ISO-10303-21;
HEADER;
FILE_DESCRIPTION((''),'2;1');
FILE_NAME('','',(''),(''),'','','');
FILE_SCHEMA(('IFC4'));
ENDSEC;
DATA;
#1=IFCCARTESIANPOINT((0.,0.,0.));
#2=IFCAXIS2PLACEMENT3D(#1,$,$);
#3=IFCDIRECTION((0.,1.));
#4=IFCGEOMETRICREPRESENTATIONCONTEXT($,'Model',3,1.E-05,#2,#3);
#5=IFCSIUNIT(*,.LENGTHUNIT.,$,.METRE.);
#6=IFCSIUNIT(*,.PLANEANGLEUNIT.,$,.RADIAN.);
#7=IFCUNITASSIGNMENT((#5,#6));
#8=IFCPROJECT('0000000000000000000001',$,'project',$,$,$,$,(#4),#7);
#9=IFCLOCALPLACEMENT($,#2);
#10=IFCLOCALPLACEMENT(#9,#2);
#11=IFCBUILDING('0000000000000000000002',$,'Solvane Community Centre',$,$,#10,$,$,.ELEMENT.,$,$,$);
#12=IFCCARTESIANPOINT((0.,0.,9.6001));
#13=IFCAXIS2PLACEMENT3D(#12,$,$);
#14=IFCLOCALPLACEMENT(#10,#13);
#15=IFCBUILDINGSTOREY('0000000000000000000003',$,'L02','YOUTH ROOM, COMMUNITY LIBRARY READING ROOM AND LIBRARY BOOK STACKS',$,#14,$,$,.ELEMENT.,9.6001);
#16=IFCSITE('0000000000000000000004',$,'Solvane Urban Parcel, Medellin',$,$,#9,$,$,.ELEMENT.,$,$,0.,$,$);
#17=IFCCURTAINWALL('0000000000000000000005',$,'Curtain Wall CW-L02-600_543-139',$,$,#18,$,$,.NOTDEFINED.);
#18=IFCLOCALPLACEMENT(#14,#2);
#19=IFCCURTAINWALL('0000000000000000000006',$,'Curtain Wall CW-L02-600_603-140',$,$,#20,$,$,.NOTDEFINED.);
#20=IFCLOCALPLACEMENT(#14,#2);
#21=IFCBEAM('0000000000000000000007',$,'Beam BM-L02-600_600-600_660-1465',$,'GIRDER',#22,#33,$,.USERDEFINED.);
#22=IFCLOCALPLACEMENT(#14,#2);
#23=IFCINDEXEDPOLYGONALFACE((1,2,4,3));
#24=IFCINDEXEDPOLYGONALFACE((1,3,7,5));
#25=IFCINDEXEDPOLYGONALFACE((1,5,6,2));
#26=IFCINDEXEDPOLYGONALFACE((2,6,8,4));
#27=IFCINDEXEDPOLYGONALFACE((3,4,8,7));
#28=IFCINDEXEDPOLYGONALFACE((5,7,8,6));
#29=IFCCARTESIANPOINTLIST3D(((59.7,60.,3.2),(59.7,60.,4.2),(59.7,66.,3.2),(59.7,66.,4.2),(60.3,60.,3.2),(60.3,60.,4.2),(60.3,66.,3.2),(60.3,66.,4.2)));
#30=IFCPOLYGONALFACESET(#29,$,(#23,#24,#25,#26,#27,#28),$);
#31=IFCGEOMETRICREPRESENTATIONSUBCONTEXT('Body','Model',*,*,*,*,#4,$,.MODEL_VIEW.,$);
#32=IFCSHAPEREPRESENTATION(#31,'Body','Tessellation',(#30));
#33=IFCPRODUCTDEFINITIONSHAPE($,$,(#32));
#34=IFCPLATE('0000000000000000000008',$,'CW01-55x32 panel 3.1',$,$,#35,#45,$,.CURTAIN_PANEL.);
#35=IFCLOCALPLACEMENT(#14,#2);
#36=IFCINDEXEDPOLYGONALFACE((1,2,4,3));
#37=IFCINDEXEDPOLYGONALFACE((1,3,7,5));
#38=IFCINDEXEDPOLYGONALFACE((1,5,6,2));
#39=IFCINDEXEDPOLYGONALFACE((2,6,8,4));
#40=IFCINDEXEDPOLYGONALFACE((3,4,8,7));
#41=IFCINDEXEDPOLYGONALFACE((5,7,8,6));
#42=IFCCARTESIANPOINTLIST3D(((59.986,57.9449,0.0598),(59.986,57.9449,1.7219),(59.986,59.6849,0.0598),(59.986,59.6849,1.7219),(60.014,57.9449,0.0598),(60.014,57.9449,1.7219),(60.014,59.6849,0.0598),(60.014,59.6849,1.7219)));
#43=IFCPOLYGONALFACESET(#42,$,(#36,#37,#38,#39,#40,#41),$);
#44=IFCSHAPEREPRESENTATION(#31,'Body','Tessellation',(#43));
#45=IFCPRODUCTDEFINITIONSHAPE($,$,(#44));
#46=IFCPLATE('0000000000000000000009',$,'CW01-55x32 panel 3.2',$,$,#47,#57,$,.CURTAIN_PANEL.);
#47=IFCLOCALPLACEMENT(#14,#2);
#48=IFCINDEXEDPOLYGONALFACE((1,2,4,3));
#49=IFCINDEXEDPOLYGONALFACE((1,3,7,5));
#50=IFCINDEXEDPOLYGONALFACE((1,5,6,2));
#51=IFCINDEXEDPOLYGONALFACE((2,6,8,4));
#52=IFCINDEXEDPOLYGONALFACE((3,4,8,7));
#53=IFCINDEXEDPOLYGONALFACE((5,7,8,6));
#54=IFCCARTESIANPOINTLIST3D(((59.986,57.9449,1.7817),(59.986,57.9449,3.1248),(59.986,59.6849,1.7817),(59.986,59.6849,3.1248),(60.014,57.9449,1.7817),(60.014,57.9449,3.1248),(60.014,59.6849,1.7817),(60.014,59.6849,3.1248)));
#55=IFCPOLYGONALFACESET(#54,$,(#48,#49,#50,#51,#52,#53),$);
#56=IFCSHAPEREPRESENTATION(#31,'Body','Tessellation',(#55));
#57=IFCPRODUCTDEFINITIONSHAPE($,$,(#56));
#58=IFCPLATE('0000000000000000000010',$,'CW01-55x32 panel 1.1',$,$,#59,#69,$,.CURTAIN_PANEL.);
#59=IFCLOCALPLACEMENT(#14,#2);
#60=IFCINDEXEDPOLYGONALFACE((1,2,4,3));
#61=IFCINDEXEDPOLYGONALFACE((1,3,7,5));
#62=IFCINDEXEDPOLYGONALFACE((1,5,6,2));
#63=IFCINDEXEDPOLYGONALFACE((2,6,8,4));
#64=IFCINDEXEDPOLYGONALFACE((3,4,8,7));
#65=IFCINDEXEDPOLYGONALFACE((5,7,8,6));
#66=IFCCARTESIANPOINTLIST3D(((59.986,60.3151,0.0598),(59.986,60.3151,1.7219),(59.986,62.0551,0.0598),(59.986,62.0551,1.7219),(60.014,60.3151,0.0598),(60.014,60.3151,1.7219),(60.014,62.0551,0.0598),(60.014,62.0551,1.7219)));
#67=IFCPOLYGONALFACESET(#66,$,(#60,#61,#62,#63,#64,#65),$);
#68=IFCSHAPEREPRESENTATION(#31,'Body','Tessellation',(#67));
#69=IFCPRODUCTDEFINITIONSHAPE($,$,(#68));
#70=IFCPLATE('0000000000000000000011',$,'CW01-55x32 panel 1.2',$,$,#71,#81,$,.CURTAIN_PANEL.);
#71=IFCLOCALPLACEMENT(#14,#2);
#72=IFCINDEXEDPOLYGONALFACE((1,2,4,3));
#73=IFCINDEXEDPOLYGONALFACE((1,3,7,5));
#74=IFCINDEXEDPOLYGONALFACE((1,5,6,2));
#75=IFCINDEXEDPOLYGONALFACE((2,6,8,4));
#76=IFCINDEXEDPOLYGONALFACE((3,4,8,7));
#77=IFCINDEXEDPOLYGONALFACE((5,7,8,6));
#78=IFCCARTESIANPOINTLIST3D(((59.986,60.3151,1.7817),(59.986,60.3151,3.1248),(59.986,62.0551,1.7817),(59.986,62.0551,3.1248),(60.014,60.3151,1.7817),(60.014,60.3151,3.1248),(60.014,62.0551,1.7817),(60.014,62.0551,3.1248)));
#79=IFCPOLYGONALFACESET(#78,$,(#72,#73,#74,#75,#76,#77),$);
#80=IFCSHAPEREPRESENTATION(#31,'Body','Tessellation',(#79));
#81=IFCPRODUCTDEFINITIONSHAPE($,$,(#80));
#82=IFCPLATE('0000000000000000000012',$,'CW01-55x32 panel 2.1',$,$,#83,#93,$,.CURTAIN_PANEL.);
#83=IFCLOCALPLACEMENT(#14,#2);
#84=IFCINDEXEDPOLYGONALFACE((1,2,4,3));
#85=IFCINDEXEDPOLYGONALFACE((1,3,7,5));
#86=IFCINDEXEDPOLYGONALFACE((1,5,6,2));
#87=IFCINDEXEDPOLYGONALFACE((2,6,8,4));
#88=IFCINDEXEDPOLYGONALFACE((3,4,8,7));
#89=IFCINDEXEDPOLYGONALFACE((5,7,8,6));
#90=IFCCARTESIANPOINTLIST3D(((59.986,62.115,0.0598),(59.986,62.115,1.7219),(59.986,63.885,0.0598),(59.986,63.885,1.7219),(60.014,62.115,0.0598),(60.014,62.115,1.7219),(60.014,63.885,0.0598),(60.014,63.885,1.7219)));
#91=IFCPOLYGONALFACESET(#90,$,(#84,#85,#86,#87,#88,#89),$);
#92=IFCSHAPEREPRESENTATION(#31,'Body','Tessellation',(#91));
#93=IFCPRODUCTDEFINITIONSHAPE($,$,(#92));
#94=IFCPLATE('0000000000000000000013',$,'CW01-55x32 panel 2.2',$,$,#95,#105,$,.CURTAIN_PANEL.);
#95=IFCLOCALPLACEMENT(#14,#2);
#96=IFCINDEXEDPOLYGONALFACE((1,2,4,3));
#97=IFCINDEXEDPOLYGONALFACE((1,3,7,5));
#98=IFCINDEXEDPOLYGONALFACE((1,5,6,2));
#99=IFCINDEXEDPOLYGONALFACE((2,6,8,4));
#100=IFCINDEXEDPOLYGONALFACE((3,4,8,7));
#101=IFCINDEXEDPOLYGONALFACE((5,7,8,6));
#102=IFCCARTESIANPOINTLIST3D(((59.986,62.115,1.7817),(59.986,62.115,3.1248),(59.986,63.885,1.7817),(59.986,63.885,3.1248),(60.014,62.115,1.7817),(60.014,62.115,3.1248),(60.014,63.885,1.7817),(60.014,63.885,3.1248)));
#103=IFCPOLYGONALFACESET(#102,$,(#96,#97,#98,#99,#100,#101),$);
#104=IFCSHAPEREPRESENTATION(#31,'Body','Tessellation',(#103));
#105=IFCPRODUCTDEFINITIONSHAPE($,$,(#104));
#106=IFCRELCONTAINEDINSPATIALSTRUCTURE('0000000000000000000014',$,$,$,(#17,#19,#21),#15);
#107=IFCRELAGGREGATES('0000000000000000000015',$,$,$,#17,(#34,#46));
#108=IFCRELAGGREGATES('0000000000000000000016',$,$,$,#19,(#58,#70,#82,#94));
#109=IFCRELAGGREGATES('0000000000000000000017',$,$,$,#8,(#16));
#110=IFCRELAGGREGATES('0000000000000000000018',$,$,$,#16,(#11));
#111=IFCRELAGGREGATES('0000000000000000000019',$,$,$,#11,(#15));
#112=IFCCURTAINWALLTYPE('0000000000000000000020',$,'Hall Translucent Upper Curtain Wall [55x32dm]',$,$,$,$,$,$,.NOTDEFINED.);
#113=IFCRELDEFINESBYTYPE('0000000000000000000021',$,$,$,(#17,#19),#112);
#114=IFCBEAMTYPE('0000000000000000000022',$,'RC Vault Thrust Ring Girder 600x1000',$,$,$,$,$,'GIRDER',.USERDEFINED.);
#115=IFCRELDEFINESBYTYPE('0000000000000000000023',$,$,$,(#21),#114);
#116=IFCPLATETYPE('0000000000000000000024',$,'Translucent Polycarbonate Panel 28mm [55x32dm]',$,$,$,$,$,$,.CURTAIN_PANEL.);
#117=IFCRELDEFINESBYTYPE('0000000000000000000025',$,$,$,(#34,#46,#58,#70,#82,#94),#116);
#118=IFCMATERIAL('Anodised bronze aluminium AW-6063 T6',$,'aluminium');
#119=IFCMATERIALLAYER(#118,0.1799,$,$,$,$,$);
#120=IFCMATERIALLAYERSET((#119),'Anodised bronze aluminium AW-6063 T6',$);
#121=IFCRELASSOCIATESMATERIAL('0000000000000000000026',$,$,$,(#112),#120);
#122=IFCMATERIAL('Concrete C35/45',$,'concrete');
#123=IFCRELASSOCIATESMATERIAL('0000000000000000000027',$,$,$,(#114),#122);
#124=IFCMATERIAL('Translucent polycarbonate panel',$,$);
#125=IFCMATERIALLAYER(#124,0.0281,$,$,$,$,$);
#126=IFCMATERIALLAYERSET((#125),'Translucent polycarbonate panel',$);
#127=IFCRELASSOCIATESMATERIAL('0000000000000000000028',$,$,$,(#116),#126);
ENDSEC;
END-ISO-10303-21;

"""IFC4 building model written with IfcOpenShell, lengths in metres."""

from ifc_helpers import new_model, si_unit, direction, frame, origin, origin_2d, place, context, subcontext, project, spatial, rectangle, extrude, material, layer, layer_set, material_profile, profile_set, type_object, element, aggregate, save


model = new_model("IFC4")

# Units and contexts
model_context = context("Model", 3, precision=1e-05, world=origin(), true_north=direction((0.0, 1.0)))
body_context = subcontext(model_context, "Body", "Model", "MODEL_VIEW")
ifc_project = project(units=[si_unit("LENGTHUNIT", "METRE"), si_unit("PLANEANGLEUNIT", "RADIAN")], contexts=[model_context])

# Site, building, storey
site_placement = place(None, origin())
site = spatial("IfcSite", under=ifc_project, at=site_placement, Name="Solvane Urban Parcel, Medellin", CompositionType="ELEMENT", RefElevation=0.0)
building_placement = place(site_placement, origin())
building = spatial("IfcBuilding", under=site, at=building_placement, Name="Solvane Community Centre", CompositionType="ELEMENT")
storey_placement = place(building_placement, frame((0.0, 0.0, 9.6001)))
storey = spatial("IfcBuildingStorey", under=building, at=storey_placement, Name="L02", Description="YOUTH ROOM, COMMUNITY LIBRARY READING ROOM AND LIBRARY BOOK STACKS", CompositionType="ELEMENT", Elevation=9.6001)

# Curtain wall
ifc_material_1 = material(Name="Anodised bronze aluminium AW-6063 T6", Category="aluminium")
ifc_layer_1 = layer(ifc_material_1, 0.1799)
ifc_layer_set_1 = layer_set([ifc_layer_1], Name="Anodised bronze aluminium AW-6063 T6")
curtain_wall_type = type_object("IfcCurtainWallType", Name="Hall Translucent Upper Curtain Wall [55x32dm]", PredefinedType="NOTDEFINED", material=ifc_layer_set_1)
curtain_wall_1_placement = place(storey_placement, origin())
curtain_wall_1 = element("IfcCurtainWall", 1, at=curtain_wall_1_placement, inside=storey, type_object=curtain_wall_type, Name="Curtain Wall CW-L02-600_543-139", PredefinedType="NOTDEFINED")

# Curtain wall
curtain_wall_2_placement = place(storey_placement, origin())
curtain_wall_2 = element("IfcCurtainWall", 2, at=curtain_wall_2_placement, inside=storey, type_object=curtain_wall_type, Name="Curtain Wall CW-L02-600_603-140", PredefinedType="NOTDEFINED")

# Beam
ifc_material_2 = material(Name="Concrete C35/45", Category="concrete")
ifc_material_profile_1 = material_profile(ifc_material_2, rectangle(XDim=0.6001, YDim=1.0, at=origin_2d()), Name="RC 600x1000")
ifc_profile_set_1 = profile_set([ifc_material_profile_1], Name="Concrete C35/45")
beam_type_1 = type_object("IfcBeamType", Name="RC Vault Thrust Ring Girder 600x1000", ElementType="GIRDER", PredefinedType="USERDEFINED", material=ifc_profile_set_1)
for number, where, z_axis, x_axis, name in (
    (3, (60.0, 60.0, 3.7), (0.0, 1.0, 0.0), (-1.0, 0.0, 0.0), "Beam BM-L02-600_600-600_660-1465"),
):
    element("IfcBeam", number, at=place(storey_placement, frame(where, z_axis=z_axis, x_axis=x_axis)), inside=storey, type_object=beam_type_1, Name=name, ObjectType="GIRDER", PredefinedType="USERDEFINED", context=body_context, shape_type="SweptSolid", body=[
        extrude(rectangle(XDim=0.6001, YDim=1.0, at=origin_2d()), origin(), (0.0, 0.0, 1.0), 6.0),
    ])

# Plates
ifc_material_3 = material(Name="Translucent polycarbonate panel")
ifc_layer_2 = layer(ifc_material_3, 0.0281)
ifc_layer_set_2 = layer_set([ifc_layer_2], Name="Translucent polycarbonate panel")
plate_type = type_object("IfcPlateType", Name="Translucent Polycarbonate Panel 28mm [55x32dm]", PredefinedType="CURTAIN_PANEL", material=ifc_layer_set_2)
plate_1_placement = place(storey_placement, frame((60.0, 58.8149, 0.0598), z_axis=(0.0, 0.0, 1.0), x_axis=(0.0, 1.0, 0.0)))
plate_1 = element("IfcPlate", 4, at=plate_1_placement, type_object=plate_type, Name="CW01-55x32 panel 3.1", PredefinedType="CURTAIN_PANEL", context=body_context, shape_type="SweptSolid", body=[
    extrude(rectangle(XDim=1.74, YDim=0.0281, at=origin_2d()), origin(), (0.0, 0.0, 1.0), 1.6621),
])
plate_2_placement = place(storey_placement, frame((60.0, 58.8149, 1.7817), z_axis=(0.0, 0.0, 1.0), x_axis=(0.0, 1.0, 0.0)))
plate_2 = element("IfcPlate", 5, at=plate_2_placement, type_object=plate_type, Name="CW01-55x32 panel 3.2", PredefinedType="CURTAIN_PANEL", context=body_context, shape_type="SweptSolid", body=[
    extrude(rectangle(XDim=1.74, YDim=0.0281, at=origin_2d()), origin(), (0.0, 0.0, 1.0), 1.343),
])
aggregate(curtain_wall_1, [plate_1, plate_2])
plate_3_placement = place(storey_placement, frame((60.0, 61.1851, 0.0598), z_axis=(0.0, 0.0, 1.0), x_axis=(0.0, 1.0, 0.0)))
plate_3 = element("IfcPlate", 6, at=plate_3_placement, type_object=plate_type, Name="CW01-55x32 panel 1.1", PredefinedType="CURTAIN_PANEL", context=body_context, shape_type="SweptSolid", body=[
    extrude(rectangle(XDim=1.74, YDim=0.0281, at=origin_2d()), origin(), (0.0, 0.0, 1.0), 1.6621),
])
plate_4_placement = place(storey_placement, frame((60.0, 61.1851, 1.7817), z_axis=(0.0, 0.0, 1.0), x_axis=(0.0, 1.0, 0.0)))
plate_4 = element("IfcPlate", 7, at=plate_4_placement, type_object=plate_type, Name="CW01-55x32 panel 1.2", PredefinedType="CURTAIN_PANEL", context=body_context, shape_type="SweptSolid", body=[
    extrude(rectangle(XDim=1.74, YDim=0.0281, at=origin_2d()), origin(), (0.0, 0.0, 1.0), 1.343),
])
plate_5_placement = place(storey_placement, frame((60.0, 63.0, 0.0598), z_axis=(0.0, 0.0, 1.0), x_axis=(0.0, 1.0, 0.0)))
plate_5 = element("IfcPlate", 8, at=plate_5_placement, type_object=plate_type, Name="CW01-55x32 panel 2.1", PredefinedType="CURTAIN_PANEL", context=body_context, shape_type="SweptSolid", body=[
    extrude(rectangle(XDim=1.77, YDim=0.0281, at=origin_2d()), origin(), (0.0, 0.0, 1.0), 1.6621),
])
plate_6_placement = place(storey_placement, frame((60.0, 63.0, 1.7817), z_axis=(0.0, 0.0, 1.0), x_axis=(0.0, 1.0, 0.0)))
plate_6 = element("IfcPlate", 9, at=plate_6_placement, type_object=plate_type, Name="CW01-55x32 panel 2.2", PredefinedType="CURTAIN_PANEL", context=body_context, shape_type="SweptSolid", body=[
    extrude(rectangle(XDim=1.77, YDim=0.0281, at=origin_2d()), origin(), (0.0, 0.0, 1.0), 1.343),
])
aggregate(curtain_wall_2, [plate_3, plate_4, plate_5, plate_6])

save(model, "model.ifc")
